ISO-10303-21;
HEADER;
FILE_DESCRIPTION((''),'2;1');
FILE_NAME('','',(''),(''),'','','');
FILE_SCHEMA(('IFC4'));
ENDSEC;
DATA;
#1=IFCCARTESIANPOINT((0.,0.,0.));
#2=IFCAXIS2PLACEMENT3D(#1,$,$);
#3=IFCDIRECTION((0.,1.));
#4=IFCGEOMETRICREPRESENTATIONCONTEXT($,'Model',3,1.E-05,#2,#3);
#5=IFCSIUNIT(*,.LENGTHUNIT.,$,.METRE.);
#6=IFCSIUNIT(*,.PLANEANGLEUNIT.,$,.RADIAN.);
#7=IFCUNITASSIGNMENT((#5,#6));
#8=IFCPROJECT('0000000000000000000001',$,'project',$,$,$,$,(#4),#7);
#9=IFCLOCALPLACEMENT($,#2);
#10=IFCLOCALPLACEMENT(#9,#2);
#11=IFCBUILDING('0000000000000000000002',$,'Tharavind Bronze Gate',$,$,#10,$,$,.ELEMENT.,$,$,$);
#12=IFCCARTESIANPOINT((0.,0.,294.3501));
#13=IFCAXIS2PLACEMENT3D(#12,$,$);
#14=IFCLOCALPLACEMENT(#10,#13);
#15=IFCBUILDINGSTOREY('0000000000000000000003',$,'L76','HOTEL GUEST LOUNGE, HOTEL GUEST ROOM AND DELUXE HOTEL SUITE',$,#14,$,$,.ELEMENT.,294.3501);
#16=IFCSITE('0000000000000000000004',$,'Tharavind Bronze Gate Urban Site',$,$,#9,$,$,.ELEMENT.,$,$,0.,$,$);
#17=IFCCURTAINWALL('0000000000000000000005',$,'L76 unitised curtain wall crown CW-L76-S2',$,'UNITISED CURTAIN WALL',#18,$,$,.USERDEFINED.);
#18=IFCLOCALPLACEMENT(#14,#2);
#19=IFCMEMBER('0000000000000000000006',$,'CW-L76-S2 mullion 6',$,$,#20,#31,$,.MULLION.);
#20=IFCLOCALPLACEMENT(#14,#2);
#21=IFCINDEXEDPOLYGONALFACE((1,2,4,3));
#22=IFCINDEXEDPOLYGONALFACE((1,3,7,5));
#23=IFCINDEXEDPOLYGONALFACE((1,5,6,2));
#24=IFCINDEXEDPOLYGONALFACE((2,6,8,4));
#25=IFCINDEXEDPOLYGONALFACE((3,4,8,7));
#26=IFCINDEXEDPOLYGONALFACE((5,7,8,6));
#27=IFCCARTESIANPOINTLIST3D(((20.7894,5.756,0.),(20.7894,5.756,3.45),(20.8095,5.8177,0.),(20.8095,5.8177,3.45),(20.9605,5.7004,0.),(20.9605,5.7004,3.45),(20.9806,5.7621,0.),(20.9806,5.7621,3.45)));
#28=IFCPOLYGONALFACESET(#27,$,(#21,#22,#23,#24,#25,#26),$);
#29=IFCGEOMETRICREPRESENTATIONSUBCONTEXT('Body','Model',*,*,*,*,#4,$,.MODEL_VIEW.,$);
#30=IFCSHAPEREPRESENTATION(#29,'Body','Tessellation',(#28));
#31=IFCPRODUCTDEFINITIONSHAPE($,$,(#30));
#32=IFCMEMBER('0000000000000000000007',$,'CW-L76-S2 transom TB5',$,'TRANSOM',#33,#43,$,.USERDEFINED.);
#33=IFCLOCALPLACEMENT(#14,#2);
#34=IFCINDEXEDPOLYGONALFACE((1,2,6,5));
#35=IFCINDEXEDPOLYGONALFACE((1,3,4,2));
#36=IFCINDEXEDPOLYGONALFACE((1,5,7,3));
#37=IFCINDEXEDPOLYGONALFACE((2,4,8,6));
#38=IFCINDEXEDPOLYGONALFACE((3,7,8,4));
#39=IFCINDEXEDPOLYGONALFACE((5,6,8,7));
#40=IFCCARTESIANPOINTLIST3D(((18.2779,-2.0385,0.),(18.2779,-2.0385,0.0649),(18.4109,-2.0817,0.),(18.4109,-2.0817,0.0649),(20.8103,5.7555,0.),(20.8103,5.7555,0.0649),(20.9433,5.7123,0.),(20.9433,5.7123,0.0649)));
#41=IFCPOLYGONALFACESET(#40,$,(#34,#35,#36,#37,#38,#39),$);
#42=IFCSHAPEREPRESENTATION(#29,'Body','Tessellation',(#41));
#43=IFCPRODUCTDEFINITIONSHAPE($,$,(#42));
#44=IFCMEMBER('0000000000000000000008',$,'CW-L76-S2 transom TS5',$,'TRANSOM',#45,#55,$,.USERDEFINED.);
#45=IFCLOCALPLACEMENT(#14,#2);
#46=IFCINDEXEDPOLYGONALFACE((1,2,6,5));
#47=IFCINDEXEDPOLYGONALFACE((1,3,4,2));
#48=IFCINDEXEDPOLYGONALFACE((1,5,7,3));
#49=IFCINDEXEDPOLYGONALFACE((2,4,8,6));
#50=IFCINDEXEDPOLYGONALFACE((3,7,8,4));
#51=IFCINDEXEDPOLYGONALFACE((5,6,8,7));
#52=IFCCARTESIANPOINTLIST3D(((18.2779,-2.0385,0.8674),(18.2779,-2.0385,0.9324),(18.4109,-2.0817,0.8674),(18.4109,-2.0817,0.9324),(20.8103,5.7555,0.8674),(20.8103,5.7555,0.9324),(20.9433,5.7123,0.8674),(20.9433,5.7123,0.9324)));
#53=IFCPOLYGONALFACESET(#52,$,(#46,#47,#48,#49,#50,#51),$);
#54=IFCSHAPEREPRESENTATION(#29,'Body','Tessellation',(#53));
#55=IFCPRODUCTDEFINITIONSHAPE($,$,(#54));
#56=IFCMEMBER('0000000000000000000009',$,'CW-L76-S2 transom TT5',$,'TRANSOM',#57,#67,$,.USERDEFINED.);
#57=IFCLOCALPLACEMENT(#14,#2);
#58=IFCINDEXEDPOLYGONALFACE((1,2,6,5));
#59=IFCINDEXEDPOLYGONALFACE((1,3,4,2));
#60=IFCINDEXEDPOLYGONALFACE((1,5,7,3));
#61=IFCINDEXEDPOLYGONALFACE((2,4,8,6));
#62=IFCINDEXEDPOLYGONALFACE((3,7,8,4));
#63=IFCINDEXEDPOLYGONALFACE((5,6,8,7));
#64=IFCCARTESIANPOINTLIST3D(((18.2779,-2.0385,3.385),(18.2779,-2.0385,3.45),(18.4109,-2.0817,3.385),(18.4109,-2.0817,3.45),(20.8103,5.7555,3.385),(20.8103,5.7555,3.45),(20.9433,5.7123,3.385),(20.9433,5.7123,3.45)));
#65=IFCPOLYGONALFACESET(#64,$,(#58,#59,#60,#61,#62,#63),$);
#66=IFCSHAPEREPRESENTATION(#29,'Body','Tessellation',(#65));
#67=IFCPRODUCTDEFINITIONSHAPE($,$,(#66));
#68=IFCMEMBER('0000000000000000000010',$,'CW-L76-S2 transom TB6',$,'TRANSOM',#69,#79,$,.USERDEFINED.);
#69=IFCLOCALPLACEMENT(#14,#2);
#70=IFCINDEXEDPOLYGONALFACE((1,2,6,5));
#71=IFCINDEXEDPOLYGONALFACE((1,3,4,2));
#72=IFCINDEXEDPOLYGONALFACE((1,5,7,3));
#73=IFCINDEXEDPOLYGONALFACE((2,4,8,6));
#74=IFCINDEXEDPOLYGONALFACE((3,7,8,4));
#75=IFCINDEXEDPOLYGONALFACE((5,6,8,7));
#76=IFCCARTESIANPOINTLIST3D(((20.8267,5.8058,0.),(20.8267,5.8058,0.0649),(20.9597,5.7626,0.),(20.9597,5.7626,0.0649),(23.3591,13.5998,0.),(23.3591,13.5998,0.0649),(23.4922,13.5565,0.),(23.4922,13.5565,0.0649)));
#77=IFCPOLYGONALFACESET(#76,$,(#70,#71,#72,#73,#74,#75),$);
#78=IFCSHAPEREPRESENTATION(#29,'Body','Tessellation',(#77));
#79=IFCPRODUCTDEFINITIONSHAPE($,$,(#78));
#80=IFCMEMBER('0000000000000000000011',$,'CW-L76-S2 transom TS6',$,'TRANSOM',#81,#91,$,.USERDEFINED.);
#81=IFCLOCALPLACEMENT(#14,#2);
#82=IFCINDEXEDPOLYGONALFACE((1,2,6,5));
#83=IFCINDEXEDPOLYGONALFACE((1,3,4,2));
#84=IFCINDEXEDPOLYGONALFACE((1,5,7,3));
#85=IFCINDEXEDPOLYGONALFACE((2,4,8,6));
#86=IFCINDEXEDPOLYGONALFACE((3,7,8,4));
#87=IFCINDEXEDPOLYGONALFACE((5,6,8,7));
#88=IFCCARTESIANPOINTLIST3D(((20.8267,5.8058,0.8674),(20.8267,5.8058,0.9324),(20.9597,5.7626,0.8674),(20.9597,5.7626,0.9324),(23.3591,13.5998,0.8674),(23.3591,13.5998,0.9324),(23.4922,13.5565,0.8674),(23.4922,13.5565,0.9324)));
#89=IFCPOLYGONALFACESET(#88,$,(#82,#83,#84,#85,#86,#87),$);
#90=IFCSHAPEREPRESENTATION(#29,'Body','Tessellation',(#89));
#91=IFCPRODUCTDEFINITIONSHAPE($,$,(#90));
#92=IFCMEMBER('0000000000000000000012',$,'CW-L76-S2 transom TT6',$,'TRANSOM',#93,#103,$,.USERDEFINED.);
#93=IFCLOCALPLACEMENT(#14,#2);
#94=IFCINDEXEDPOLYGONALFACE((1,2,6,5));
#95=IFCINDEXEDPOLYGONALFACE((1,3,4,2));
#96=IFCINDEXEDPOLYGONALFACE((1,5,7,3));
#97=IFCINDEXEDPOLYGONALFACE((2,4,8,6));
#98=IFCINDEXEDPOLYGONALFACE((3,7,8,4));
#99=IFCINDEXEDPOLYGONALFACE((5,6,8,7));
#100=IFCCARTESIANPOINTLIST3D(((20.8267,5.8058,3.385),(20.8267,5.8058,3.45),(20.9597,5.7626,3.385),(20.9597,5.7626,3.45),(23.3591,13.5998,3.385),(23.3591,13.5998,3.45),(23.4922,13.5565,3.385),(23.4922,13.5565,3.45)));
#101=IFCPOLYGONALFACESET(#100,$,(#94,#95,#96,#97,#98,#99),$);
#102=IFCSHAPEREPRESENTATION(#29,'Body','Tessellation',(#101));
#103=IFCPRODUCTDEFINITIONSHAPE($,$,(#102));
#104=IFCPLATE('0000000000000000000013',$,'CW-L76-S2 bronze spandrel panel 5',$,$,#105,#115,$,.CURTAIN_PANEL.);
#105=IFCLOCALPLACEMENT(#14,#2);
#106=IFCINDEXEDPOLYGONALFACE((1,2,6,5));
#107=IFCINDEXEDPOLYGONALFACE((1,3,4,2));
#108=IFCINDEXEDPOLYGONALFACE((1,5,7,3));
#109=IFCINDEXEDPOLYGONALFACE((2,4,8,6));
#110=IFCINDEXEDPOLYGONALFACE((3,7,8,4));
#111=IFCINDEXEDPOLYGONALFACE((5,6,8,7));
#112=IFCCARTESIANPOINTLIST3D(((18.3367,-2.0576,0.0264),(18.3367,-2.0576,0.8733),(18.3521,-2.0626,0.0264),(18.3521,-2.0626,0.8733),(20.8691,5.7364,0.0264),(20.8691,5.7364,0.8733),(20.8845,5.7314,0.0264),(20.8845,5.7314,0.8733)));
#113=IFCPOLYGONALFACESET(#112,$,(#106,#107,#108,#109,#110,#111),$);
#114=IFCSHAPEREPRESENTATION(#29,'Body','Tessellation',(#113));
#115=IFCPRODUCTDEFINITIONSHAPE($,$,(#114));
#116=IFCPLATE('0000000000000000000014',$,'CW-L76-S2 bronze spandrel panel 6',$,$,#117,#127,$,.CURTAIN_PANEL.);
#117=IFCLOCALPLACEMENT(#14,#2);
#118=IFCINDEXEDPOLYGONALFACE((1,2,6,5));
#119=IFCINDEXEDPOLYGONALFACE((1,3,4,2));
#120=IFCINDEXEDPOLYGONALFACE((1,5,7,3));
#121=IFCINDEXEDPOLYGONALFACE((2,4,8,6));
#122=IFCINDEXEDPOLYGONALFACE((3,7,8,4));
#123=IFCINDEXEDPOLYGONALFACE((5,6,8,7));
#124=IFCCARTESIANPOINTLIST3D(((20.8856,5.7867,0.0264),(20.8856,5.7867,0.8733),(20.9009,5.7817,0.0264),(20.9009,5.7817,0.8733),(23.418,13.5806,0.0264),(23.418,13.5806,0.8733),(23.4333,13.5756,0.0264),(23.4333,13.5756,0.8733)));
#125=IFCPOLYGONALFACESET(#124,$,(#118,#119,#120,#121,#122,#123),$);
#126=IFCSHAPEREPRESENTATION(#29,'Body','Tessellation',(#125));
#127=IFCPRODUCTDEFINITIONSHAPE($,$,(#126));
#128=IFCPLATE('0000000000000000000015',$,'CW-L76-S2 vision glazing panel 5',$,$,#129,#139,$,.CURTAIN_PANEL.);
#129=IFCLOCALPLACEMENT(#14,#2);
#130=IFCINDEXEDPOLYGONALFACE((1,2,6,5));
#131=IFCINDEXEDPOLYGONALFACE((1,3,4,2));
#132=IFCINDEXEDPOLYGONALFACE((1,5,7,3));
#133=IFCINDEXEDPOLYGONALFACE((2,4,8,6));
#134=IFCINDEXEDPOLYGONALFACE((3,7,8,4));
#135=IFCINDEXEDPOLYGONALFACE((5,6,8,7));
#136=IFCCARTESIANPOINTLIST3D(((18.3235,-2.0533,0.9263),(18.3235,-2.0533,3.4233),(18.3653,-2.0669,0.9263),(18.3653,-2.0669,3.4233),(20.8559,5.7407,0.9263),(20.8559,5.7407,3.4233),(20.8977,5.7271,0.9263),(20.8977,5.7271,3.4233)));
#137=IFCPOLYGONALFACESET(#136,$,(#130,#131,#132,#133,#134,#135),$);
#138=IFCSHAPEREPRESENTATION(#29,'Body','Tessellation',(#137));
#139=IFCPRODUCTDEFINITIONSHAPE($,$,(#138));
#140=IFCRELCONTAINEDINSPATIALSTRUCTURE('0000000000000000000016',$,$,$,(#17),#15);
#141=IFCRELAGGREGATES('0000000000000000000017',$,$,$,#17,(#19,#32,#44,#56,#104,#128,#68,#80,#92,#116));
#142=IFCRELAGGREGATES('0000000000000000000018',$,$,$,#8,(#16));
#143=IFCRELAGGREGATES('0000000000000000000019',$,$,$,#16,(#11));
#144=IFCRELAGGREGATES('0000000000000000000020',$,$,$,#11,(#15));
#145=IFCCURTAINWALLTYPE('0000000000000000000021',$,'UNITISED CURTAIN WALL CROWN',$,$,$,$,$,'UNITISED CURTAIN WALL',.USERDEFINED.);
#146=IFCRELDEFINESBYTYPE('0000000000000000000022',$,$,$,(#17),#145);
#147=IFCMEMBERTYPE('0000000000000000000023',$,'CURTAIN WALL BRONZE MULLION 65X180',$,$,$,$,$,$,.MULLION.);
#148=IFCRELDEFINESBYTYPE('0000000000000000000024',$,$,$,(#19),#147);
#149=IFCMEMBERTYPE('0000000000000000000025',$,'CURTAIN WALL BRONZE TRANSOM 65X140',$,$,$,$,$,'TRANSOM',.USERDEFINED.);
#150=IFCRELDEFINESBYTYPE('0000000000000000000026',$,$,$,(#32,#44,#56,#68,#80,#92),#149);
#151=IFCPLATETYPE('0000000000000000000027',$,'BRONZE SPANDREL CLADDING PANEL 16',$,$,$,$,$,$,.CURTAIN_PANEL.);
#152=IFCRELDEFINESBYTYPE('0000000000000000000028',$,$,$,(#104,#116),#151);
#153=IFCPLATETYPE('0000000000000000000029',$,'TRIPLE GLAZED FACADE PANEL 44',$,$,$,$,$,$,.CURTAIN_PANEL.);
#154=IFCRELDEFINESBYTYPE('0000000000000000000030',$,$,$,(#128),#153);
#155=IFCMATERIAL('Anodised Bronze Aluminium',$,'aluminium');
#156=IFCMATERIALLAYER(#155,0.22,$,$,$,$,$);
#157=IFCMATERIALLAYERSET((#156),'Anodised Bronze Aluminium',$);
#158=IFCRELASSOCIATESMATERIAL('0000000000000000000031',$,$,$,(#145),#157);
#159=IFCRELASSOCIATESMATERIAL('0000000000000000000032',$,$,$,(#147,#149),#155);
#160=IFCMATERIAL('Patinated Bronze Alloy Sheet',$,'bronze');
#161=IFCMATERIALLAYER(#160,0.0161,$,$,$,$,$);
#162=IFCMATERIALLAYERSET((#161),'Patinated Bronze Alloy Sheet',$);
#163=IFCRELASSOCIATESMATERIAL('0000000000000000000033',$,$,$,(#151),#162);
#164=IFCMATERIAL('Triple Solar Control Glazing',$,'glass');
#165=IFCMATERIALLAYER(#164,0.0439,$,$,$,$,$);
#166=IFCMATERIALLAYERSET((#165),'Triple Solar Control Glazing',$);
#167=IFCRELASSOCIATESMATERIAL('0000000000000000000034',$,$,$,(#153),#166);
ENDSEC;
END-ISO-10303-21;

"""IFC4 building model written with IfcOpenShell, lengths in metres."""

from ifc_helpers import new_model, si_unit, direction, frame, origin, origin_2d, place, context, subcontext, project, spatial, rectangle, extrude, material, layer, layer_set, type_object, element, aggregate, save


model = new_model("IFC4")

# Units and contexts
model_context = context("Model", 3, precision=1e-05, world=origin(), true_north=direction((0.0, 1.0)))
body_context = subcontext(model_context, "Body", "Model", "MODEL_VIEW")
ifc_project = project(units=[si_unit("LENGTHUNIT", "METRE"), si_unit("PLANEANGLEUNIT", "RADIAN")], contexts=[model_context])

# Site, building, storey
site_placement = place(None, origin())
site = spatial("IfcSite", under=ifc_project, at=site_placement, Name="Tharavind Bronze Gate Urban Site", CompositionType="ELEMENT", RefElevation=0.0)
building_placement = place(site_placement, origin())
building = spatial("IfcBuilding", under=site, at=building_placement, Name="Tharavind Bronze Gate", CompositionType="ELEMENT")
storey_placement = place(building_placement, frame((0.0, 0.0, 294.3501)))
storey = spatial("IfcBuildingStorey", under=building, at=storey_placement, Name="L76", Description="HOTEL GUEST LOUNGE, HOTEL GUEST ROOM AND DELUXE HOTEL SUITE", CompositionType="ELEMENT", Elevation=294.3501)

# Curtain wall, members, plates
ifc_material_1 = material(Name="Anodised Bronze Aluminium", Category="aluminium")
ifc_layer_1 = layer(ifc_material_1, 0.22)
ifc_layer_set_1 = layer_set([ifc_layer_1], Name="Anodised Bronze Aluminium")
curtain_wall_type = type_object("IfcCurtainWallType", Name="UNITISED CURTAIN WALL CROWN", ElementType="UNITISED CURTAIN WALL", PredefinedType="USERDEFINED", material=ifc_layer_set_1)
curtain_wall_placement = place(storey_placement, origin())
curtain_wall = element("IfcCurtainWall", 1, at=curtain_wall_placement, inside=storey, type_object=curtain_wall_type, Name="L76 unitised curtain wall crown CW-L76-S2", ObjectType="UNITISED CURTAIN WALL", PredefinedType="USERDEFINED")
member_type_1 = type_object("IfcMemberType", Name="CURTAIN WALL BRONZE MULLION 65X180", PredefinedType="MULLION", material=ifc_material_1)
member_1_placement = place(storey_placement, frame((20.885, 5.759, 0.0), z_axis=(0.0, 0.0, 1.0), x_axis=(0.309017, 0.951057, 0.0)))
member_1 = element("IfcMember", 2, at=member_1_placement, type_object=member_type_1, Name="CW-L76-S2 mullion 6", PredefinedType="MULLION", context=body_context, shape_type="SweptSolid", body=[
    extrude(rectangle(XDim=0.0649, YDim=0.1799, at=origin_2d()), origin(), (0.0, 0.0, 1.0), 3.45),
])
member_type_2 = type_object("IfcMemberType", Name="CURTAIN WALL BRONZE TRANSOM 65X140", ElementType="TRANSOM", PredefinedType="USERDEFINED", material=ifc_material_1)
member_2_placement = place(storey_placement, frame((19.6106, 1.8369, 0.0), z_axis=(0.0, 0.0, 1.0), x_axis=(0.309017, 0.951057, 0.0)))
member_2 = element("IfcMember", 3, at=member_2_placement, type_object=member_type_2, Name="CW-L76-S2 transom TB5", ObjectType="TRANSOM", PredefinedType="USERDEFINED", context=body_context, shape_type="SweptSolid", body=[
    extrude(rectangle(XDim=8.1951, YDim=0.1399, at=origin_2d()), origin(), (0.0, 0.0, 1.0), 0.0649),
])
member_3_placement = place(storey_placement, frame((19.6106, 1.8369, 0.8674), z_axis=(0.0, 0.0, 1.0), x_axis=(0.309017, 0.951057, 0.0)))
member_3 = element("IfcMember", 4, at=member_3_placement, type_object=member_type_2, Name="CW-L76-S2 transom TS5", ObjectType="TRANSOM", PredefinedType="USERDEFINED", context=body_context, shape_type="SweptSolid", body=[
    extrude(rectangle(XDim=8.1951, YDim=0.1399, at=origin_2d()), origin(), (0.0, 0.0, 1.0), 0.0649),
])
member_4_placement = place(storey_placement, frame((19.6106, 1.8369, 3.385), z_axis=(0.0, 0.0, 1.0), x_axis=(0.309017, 0.951057, 0.0)))
member_4 = element("IfcMember", 5, at=member_4_placement, type_object=member_type_2, Name="CW-L76-S2 transom TT5", ObjectType="TRANSOM", PredefinedType="USERDEFINED", context=body_context, shape_type="SweptSolid", body=[
    extrude(rectangle(XDim=8.1951, YDim=0.1399, at=origin_2d()), origin(), (0.0, 0.0, 1.0), 0.0649),
])
member_5_placement = place(storey_placement, frame((22.1594, 9.6812, 0.0), z_axis=(0.0, 0.0, 1.0), x_axis=(0.309017, 0.951057, 0.0)))
member_5 = element("IfcMember", 6, at=member_5_placement, type_object=member_type_2, Name="CW-L76-S2 transom TB6", ObjectType="TRANSOM", PredefinedType="USERDEFINED", context=body_context, shape_type="SweptSolid", body=[
    extrude(rectangle(XDim=8.1951, YDim=0.1399, at=origin_2d()), origin(), (0.0, 0.0, 1.0), 0.0649),
])
member_6_placement = place(storey_placement, frame((22.1594, 9.6812, 0.8674), z_axis=(0.0, 0.0, 1.0), x_axis=(0.309017, 0.951057, 0.0)))
member_6 = element("IfcMember", 7, at=member_6_placement, type_object=member_type_2, Name="CW-L76-S2 transom TS6", ObjectType="TRANSOM", PredefinedType="USERDEFINED", context=body_context, shape_type="SweptSolid", body=[
    extrude(rectangle(XDim=8.1951, YDim=0.1399, at=origin_2d()), origin(), (0.0, 0.0, 1.0), 0.0649),
])
member_7_placement = place(storey_placement, frame((22.1594, 9.6812, 3.385), z_axis=(0.0, 0.0, 1.0), x_axis=(0.309017, 0.951057, 0.0)))
member_7 = element("IfcMember", 8, at=member_7_placement, type_object=member_type_2, Name="CW-L76-S2 transom TT6", ObjectType="TRANSOM", PredefinedType="USERDEFINED", context=body_context, shape_type="SweptSolid", body=[
    extrude(rectangle(XDim=8.1951, YDim=0.1399, at=origin_2d()), origin(), (0.0, 0.0, 1.0), 0.0649),
])
ifc_material_2 = material(Name="Patinated Bronze Alloy Sheet", Category="bronze")
ifc_layer_2 = layer(ifc_material_2, 0.0161)
ifc_layer_set_2 = layer_set([ifc_layer_2], Name="Patinated Bronze Alloy Sheet")
plate_type_1 = type_object("IfcPlateType", Name="BRONZE SPANDREL CLADDING PANEL 16", PredefinedType="CURTAIN_PANEL", material=ifc_layer_set_2)
plate_1_placement = place(storey_placement, frame((19.6106, 1.8369, 0.0264), z_axis=(0.0, 0.0, 1.0), x_axis=(0.309017, 0.951057, 0.0)))
plate_1 = element("IfcPlate", 9, at=plate_1_placement, type_object=plate_type_1, Name="CW-L76-S2 bronze spandrel panel 5", PredefinedType="CURTAIN_PANEL", context=body_context, shape_type="SweptSolid", body=[
    extrude(rectangle(XDim=8.1951, YDim=0.0161, at=origin_2d()), origin(), (0.0, 0.0, 1.0), 0.8469),
])
plate_2_placement = place(storey_placement, frame((22.1594, 9.6812, 0.0264), z_axis=(0.0, 0.0, 1.0), x_axis=(0.309017, 0.951057, 0.0)))
plate_2 = element("IfcPlate", 10, at=plate_2_placement, type_object=plate_type_1, Name="CW-L76-S2 bronze spandrel panel 6", PredefinedType="CURTAIN_PANEL", context=body_context, shape_type="SweptSolid", body=[
    extrude(rectangle(XDim=8.1951, YDim=0.0161, at=origin_2d()), origin(), (0.0, 0.0, 1.0), 0.8469),
])
ifc_material_3 = material(Name="Triple Solar Control Glazing", Category="glass")
ifc_layer_3 = layer(ifc_material_3, 0.0439)
ifc_layer_set_3 = layer_set([ifc_layer_3], Name="Triple Solar Control Glazing")
plate_type_2 = type_object("IfcPlateType", Name="TRIPLE GLAZED FACADE PANEL 44", PredefinedType="CURTAIN_PANEL", material=ifc_layer_set_3)
plate_3_placement = place(storey_placement, frame((19.6106, 1.8369, 0.9263), z_axis=(0.0, 0.0, 1.0), x_axis=(0.309017, 0.951057, 0.0)))
plate_3 = element("IfcPlate", 11, at=plate_3_placement, type_object=plate_type_2, Name="CW-L76-S2 vision glazing panel 5", PredefinedType="CURTAIN_PANEL", context=body_context, shape_type="SweptSolid", body=[
    extrude(rectangle(XDim=8.1951, YDim=0.0439, at=origin_2d()), origin(), (0.0, 0.0, 1.0), 2.4971),
])
aggregate(curtain_wall, [member_1, member_2, member_3, member_4, plate_1, plate_3, member_5, member_6, member_7, plate_2])

save(model, "model.ifc")
